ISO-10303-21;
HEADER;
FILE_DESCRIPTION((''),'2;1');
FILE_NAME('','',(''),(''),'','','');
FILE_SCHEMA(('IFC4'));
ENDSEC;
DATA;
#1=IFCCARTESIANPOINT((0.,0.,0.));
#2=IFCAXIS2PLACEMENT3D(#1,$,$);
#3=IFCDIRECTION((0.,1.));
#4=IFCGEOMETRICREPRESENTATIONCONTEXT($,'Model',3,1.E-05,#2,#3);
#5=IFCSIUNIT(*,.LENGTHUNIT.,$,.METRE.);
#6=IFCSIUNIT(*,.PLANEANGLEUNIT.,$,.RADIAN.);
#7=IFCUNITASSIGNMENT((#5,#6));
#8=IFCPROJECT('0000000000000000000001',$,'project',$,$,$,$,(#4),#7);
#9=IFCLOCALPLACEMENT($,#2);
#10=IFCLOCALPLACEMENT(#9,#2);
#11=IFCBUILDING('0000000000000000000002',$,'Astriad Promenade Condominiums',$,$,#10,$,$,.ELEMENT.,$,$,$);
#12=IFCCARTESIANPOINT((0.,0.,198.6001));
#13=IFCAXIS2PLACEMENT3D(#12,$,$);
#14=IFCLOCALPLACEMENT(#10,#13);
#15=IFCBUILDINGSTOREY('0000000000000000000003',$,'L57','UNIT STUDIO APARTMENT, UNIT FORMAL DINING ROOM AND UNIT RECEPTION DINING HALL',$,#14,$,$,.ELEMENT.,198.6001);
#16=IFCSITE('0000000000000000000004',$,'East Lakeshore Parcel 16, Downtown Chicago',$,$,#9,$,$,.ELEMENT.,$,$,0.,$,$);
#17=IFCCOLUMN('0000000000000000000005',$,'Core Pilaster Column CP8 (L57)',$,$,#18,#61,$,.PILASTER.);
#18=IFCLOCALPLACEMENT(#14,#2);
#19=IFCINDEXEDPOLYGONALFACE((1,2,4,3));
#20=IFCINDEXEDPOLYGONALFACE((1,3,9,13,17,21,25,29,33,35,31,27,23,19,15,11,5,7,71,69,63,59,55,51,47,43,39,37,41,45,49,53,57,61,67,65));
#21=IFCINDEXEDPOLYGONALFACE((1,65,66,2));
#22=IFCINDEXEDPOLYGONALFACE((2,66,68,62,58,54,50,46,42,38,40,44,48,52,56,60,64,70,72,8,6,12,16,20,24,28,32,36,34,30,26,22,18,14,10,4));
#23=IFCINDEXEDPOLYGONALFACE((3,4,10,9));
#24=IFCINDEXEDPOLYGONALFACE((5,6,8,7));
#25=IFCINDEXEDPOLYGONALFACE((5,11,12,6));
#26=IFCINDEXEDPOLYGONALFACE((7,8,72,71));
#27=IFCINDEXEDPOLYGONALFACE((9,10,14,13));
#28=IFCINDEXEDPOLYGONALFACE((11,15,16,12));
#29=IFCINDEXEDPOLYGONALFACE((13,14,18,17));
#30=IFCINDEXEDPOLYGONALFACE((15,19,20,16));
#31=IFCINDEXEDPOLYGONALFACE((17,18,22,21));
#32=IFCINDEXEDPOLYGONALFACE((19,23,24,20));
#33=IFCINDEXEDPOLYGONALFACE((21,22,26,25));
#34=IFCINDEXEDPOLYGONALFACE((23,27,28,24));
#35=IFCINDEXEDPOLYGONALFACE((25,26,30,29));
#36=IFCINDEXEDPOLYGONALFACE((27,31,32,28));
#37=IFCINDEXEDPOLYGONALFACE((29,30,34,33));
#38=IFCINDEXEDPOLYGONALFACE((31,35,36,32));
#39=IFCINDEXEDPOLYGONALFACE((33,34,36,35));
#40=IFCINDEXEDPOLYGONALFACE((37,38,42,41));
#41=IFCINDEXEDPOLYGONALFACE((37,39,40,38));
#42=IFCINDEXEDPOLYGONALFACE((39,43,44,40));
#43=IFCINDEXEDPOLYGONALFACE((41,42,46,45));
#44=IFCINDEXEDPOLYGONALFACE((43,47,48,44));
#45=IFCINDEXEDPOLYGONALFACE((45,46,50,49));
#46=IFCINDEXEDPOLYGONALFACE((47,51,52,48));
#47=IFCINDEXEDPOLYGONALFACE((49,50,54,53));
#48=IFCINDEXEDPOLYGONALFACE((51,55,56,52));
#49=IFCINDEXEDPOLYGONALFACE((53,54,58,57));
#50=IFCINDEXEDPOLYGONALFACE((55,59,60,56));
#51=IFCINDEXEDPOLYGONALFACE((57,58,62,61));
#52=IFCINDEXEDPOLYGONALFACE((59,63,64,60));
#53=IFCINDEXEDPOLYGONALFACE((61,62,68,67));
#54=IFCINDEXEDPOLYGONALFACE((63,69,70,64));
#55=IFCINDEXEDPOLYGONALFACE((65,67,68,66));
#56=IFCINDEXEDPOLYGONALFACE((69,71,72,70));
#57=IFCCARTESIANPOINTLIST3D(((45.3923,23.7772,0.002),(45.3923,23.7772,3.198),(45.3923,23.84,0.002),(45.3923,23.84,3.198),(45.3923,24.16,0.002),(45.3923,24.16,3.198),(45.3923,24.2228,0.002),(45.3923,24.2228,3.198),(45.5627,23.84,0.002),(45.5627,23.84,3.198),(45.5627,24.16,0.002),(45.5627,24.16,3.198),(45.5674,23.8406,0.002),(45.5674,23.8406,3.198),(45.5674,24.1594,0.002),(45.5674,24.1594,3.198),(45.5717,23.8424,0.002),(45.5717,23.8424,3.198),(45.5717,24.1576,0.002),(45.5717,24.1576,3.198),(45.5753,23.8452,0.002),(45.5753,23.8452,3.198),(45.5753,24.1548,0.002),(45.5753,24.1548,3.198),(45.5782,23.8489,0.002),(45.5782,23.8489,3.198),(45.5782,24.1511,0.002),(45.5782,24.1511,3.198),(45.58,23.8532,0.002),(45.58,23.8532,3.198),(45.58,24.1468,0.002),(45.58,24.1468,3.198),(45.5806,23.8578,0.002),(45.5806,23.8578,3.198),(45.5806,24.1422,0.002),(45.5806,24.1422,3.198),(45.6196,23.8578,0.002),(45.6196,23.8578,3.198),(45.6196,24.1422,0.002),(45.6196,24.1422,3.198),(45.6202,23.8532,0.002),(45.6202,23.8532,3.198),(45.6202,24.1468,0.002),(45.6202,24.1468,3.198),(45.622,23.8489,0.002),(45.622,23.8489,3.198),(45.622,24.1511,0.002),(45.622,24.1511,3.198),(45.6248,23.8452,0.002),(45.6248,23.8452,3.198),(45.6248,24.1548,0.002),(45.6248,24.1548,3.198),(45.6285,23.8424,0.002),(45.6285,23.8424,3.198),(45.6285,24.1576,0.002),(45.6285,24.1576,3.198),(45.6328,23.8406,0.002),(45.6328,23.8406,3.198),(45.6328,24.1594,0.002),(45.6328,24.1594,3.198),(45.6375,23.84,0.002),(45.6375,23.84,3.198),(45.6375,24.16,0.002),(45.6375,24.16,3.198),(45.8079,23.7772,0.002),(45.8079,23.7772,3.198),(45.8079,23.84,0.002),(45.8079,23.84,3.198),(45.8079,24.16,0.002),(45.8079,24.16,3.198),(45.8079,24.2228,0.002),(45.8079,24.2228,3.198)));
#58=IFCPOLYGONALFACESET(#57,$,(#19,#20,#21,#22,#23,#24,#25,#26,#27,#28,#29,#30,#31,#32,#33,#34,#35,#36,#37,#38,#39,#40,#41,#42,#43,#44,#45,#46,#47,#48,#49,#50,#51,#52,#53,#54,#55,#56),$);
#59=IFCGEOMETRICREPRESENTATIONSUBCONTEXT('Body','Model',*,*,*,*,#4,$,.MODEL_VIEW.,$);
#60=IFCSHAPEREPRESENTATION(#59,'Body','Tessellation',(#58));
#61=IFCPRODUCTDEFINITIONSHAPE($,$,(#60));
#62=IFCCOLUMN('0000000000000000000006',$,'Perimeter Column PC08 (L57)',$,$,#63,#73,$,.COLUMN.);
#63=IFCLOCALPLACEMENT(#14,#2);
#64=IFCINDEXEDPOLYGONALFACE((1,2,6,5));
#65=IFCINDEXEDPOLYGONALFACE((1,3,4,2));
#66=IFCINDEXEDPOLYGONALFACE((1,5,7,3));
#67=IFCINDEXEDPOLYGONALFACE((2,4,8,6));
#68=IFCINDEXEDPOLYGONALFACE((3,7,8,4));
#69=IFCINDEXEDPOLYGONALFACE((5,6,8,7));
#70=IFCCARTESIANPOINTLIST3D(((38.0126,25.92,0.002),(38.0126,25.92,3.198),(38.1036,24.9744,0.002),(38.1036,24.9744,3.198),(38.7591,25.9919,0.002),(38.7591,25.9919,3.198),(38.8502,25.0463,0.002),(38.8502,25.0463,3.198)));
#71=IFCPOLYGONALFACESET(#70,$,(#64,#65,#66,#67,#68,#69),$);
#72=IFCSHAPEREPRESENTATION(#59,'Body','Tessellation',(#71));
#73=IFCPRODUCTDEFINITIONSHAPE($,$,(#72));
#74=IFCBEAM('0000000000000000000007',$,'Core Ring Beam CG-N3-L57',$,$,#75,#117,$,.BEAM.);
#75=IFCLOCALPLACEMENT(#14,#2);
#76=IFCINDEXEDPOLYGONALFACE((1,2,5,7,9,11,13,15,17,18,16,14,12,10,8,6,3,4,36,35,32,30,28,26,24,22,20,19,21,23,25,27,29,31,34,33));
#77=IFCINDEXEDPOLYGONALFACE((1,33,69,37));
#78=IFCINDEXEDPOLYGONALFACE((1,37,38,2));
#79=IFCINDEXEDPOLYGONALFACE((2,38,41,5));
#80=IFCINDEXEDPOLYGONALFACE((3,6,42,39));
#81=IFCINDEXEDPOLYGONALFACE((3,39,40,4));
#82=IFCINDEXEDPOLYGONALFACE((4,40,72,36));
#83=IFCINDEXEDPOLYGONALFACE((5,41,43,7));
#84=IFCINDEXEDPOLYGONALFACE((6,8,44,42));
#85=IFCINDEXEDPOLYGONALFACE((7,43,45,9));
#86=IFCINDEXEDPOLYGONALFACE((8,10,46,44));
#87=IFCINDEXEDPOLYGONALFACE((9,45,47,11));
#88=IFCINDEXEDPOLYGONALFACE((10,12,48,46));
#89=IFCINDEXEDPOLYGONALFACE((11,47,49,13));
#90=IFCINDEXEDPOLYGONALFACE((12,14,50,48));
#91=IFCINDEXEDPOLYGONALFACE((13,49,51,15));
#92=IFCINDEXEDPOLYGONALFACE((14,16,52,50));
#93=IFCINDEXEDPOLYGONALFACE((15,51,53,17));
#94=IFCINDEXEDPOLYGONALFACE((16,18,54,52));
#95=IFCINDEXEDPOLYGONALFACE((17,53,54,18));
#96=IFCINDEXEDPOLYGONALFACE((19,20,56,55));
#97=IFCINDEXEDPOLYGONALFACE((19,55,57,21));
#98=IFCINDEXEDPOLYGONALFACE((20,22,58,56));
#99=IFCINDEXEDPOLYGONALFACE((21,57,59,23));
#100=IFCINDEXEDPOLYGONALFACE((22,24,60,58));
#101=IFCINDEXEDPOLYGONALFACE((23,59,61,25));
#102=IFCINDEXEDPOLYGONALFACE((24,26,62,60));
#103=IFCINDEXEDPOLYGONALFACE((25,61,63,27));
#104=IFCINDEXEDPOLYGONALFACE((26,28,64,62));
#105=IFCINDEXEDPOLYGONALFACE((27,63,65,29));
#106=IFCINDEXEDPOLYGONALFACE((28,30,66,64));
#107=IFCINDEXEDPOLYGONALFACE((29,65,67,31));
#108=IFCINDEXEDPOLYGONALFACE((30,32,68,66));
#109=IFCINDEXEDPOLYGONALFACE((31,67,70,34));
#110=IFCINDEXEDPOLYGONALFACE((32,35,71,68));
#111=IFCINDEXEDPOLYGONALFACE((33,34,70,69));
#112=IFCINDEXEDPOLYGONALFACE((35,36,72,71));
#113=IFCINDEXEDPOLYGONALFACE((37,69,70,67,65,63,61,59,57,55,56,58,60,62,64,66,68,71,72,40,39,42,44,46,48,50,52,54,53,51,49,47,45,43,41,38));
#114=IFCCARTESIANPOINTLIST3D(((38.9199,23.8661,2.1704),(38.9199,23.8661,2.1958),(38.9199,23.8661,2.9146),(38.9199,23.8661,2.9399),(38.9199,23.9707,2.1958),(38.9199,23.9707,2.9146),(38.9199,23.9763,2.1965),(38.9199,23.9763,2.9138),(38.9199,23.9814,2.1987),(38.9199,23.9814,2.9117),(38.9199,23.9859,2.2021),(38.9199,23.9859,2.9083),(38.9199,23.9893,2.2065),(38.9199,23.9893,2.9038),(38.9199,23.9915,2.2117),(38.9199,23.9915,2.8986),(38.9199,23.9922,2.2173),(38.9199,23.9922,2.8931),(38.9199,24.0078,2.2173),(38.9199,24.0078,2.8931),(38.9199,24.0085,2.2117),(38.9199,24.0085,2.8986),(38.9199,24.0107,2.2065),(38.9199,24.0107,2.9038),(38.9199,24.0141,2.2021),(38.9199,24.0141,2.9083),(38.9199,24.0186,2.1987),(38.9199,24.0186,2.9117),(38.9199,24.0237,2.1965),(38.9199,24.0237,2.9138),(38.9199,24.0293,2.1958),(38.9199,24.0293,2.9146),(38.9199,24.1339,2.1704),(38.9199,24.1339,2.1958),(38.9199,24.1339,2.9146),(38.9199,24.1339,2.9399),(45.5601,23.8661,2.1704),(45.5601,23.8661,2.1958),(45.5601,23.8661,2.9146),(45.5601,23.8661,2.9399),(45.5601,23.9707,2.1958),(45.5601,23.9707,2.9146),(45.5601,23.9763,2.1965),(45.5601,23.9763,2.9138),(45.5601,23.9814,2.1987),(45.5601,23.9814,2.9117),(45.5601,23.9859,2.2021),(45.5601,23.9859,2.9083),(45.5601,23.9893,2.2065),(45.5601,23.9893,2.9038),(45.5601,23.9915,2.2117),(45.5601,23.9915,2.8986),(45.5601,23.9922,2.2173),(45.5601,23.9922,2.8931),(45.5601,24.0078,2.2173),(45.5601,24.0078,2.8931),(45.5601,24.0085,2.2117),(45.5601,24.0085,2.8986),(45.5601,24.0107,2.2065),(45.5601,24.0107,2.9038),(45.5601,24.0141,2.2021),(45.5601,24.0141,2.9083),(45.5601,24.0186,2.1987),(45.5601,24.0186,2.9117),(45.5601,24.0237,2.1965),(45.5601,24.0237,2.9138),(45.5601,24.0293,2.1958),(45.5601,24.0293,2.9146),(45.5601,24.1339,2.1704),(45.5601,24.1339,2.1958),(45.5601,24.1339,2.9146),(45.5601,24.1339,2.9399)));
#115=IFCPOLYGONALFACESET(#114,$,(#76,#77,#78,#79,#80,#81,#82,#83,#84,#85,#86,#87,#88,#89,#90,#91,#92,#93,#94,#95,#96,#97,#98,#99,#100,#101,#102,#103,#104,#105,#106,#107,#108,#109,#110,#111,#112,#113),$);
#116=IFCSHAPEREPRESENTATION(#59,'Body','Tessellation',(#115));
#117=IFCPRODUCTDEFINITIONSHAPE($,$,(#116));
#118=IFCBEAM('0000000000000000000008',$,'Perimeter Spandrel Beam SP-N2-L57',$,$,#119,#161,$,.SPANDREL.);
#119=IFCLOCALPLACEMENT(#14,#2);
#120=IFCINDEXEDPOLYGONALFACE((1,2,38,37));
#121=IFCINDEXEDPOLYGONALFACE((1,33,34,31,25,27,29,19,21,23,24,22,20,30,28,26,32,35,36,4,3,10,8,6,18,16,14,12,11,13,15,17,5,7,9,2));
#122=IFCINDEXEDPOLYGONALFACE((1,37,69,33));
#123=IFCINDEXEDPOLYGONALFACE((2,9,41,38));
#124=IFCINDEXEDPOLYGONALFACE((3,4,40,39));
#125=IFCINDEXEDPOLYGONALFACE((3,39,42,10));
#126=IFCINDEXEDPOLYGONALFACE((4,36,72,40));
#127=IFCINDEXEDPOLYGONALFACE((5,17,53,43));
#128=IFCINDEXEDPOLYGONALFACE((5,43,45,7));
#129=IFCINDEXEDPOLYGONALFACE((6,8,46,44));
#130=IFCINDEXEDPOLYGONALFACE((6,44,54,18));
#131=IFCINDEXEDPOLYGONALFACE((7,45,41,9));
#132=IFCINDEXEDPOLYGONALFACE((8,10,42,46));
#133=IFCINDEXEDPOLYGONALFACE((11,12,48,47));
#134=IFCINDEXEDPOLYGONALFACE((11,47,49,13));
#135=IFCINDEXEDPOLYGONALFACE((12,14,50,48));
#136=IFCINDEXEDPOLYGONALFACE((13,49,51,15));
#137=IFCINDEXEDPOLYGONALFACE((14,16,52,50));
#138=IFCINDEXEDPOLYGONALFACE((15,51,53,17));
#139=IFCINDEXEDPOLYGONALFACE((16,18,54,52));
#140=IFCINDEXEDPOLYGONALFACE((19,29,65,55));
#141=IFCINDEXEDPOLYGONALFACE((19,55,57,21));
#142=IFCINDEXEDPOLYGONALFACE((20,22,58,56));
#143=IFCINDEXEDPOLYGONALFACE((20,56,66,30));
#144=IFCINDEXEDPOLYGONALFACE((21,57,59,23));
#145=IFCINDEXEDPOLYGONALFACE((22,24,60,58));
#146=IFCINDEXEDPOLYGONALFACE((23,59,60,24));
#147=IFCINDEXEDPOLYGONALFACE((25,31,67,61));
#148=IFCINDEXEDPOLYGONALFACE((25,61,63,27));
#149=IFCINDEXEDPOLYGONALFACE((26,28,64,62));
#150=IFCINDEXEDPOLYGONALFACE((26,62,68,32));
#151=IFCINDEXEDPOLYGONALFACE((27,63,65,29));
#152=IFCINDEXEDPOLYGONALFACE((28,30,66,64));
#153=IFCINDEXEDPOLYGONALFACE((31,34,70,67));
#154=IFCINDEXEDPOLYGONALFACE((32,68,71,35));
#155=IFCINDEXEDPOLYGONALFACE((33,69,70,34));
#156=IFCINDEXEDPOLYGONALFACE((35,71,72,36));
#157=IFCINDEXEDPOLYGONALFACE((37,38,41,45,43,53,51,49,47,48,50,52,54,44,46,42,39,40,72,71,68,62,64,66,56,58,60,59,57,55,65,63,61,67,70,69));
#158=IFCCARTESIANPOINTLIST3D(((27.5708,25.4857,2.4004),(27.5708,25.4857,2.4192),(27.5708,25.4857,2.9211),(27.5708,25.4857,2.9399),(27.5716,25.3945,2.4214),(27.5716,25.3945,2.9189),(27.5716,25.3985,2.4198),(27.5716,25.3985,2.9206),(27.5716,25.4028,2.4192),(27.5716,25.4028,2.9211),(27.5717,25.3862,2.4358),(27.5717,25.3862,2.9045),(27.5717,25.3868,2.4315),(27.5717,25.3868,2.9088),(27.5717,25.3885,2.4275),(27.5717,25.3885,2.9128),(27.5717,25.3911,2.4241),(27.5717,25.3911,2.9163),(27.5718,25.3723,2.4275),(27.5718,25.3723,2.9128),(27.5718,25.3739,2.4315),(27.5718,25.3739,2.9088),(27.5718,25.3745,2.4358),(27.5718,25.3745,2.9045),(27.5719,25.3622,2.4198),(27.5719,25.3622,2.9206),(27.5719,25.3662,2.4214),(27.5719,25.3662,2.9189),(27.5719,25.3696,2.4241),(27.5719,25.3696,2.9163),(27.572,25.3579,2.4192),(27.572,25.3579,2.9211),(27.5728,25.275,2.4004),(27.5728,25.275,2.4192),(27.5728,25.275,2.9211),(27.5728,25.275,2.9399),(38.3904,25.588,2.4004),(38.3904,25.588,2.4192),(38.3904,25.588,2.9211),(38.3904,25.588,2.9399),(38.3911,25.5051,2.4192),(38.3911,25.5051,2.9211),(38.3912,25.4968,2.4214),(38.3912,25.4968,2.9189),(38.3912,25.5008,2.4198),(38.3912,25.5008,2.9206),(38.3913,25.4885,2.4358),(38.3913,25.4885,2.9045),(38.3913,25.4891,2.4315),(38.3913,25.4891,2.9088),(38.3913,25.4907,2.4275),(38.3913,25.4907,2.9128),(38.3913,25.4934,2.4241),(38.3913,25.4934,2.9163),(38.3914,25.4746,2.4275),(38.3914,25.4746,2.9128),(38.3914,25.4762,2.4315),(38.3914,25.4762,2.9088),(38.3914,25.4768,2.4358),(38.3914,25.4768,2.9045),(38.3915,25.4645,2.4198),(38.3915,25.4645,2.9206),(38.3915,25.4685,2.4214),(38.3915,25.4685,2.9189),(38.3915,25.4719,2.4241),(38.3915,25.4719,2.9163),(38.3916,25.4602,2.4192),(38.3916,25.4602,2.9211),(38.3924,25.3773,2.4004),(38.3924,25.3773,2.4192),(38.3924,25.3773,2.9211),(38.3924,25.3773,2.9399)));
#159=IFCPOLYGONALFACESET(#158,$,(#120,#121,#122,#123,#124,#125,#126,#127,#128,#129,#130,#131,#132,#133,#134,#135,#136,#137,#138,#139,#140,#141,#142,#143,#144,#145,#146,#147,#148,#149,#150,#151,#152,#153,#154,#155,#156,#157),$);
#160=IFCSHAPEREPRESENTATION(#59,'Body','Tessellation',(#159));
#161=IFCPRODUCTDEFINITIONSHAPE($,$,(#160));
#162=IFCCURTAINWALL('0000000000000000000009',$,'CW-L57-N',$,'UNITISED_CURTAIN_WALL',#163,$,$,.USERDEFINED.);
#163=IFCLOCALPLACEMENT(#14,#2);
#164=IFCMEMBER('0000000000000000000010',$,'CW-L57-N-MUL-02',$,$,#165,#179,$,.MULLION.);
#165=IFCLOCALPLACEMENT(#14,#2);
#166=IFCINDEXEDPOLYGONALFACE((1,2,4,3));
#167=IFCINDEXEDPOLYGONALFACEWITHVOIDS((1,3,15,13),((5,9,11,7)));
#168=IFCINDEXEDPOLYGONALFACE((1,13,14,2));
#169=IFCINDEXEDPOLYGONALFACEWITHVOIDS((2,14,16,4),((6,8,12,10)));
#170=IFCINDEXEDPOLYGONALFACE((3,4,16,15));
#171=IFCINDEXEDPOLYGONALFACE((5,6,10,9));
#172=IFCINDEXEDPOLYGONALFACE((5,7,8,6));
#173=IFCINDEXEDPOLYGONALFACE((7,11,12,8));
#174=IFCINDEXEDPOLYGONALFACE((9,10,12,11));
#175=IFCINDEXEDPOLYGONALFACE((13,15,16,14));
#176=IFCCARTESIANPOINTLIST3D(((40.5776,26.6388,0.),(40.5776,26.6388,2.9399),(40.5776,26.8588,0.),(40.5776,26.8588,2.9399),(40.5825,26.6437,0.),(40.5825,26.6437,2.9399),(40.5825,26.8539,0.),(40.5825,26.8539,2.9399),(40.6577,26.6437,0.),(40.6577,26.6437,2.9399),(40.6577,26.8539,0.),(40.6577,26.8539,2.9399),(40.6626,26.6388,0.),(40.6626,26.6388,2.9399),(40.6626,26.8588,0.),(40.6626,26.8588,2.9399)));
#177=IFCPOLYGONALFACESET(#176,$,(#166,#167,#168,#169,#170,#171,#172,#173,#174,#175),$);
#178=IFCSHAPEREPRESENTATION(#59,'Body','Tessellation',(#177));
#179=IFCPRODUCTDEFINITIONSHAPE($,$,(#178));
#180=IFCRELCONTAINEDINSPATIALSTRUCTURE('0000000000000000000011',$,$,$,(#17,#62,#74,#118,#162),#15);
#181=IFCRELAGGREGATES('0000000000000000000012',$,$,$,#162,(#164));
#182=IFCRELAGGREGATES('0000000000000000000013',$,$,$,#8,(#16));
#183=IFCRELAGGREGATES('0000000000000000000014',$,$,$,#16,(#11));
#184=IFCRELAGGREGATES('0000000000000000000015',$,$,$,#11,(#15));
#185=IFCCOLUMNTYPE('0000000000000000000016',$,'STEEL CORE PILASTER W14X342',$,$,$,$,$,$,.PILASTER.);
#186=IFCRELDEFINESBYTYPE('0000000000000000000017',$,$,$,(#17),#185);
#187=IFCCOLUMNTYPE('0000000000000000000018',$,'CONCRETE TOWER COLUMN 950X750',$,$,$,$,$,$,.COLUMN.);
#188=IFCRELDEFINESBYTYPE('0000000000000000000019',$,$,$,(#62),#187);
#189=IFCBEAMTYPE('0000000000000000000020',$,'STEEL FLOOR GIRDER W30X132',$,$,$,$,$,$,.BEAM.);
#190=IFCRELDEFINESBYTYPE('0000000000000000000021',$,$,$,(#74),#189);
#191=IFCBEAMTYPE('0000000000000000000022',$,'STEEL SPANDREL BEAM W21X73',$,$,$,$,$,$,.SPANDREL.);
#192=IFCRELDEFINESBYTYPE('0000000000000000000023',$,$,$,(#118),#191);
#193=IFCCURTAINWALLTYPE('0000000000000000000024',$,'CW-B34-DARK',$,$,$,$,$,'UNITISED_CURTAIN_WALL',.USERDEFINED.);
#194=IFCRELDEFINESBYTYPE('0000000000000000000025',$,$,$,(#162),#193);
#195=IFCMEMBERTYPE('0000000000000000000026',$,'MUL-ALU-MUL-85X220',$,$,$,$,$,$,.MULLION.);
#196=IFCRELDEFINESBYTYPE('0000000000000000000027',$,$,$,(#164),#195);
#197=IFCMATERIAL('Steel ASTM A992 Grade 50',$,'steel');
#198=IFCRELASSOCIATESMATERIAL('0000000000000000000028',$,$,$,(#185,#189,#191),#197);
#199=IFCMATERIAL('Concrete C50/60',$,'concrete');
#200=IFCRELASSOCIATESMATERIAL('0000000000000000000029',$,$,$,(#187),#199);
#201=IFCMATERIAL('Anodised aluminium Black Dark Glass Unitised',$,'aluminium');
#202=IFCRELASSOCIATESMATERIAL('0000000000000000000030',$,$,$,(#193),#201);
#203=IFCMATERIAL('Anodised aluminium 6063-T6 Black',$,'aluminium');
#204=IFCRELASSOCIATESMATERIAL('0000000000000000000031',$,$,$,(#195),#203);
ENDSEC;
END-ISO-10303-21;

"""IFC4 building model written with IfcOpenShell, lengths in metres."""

from ifc_helpers import new_model, si_unit, direction, frame, origin, origin_2d, place, context, subcontext, project, spatial, rectangle, hollow_rectangle, i_section, extrude, source, transform, mapped, material, material_profile, profile_set, type_object, type_shapes, element, aggregate, save


model = new_model("IFC4")

# Units and contexts
model_context = context("Model", 3, precision=1e-05, world=origin(), true_north=direction((0.0, 1.0)))
body_context = subcontext(model_context, "Body", "Model", "MODEL_VIEW")
ifc_project = project(units=[si_unit("LENGTHUNIT", "METRE"), si_unit("PLANEANGLEUNIT", "RADIAN")], contexts=[model_context])

# Site, building, storey
site_placement = place(None, origin())
site = spatial("IfcSite", under=ifc_project, at=site_placement, Name="East Lakeshore Parcel 16, Downtown Chicago", CompositionType="ELEMENT", RefElevation=0.0)
building_placement = place(site_placement, origin())
building = spatial("IfcBuilding", under=site, at=building_placement, Name="Astriad Promenade Condominiums", CompositionType="ELEMENT")
storey_placement = place(building_placement, frame((0.0, 0.0, 198.6001)))
storey = spatial("IfcBuildingStorey", under=building, at=storey_placement, Name="L57", Description="UNIT STUDIO APARTMENT, UNIT FORMAL DINING ROOM AND UNIT RECEPTION DINING HALL", CompositionType="ELEMENT", Elevation=198.6001)

# Columns
ifc_material_1 = material(Name="Steel ASTM A992 Grade 50", Category="steel")
ifc_material_profile_1 = material_profile(ifc_material_1, i_section(OverallWidth=0.4155, OverallDepth=0.4456, WebThickness=0.0391, FlangeThickness=0.0627, FilletRadius=0.0178, at=origin_2d()), Name="W14X342")
ifc_profile_set_1 = profile_set([ifc_material_profile_1], Name="Steel ASTM A992 Grade 50")
column_type_1 = type_object("IfcColumnType", Name="STEEL CORE PILASTER W14X342", PredefinedType="PILASTER", material=ifc_profile_set_1)
shared_shape_1 = source(origin(), body_context, "Body", "SweptSolid", [
    extrude(i_section(OverallWidth=0.4155, OverallDepth=0.4456, WebThickness=0.0391, FlangeThickness=0.0627, FilletRadius=0.0178, at=origin_2d()), origin(), (0.0, 0.0, 1.0), 3.196),
])
type_shapes(column_type_1, [shared_shape_1])
column_1_placement = place(storey_placement, frame((45.6001, 24.0, 0.002), z_axis=(0.0, 0.0, 1.0), x_axis=(1.0, 0.0, 0.0)))
element("IfcColumn", 1, at=column_1_placement, inside=storey, type_object=column_type_1, Name="Core Pilaster Column CP8 (L57)", PredefinedType="PILASTER", context=body_context, shape_type="MappedRepresentation", body=[
    mapped(shared_shape_1, transform((0.0, 0.0, 0.0), scale=1.0)),
])
ifc_material_2 = material(Name="Concrete C50/60", Category="concrete")
ifc_material_profile_2 = material_profile(ifc_material_2, rectangle(XDim=0.75, YDim=0.95, at=origin_2d()), Name="RC-COL-950X750")
ifc_profile_set_2 = profile_set([ifc_material_profile_2], Name="Concrete C50/60")
column_type_2 = type_object("IfcColumnType", Name="CONCRETE TOWER COLUMN 950X750", PredefinedType="COLUMN", material=ifc_profile_set_2)
shared_shape_2 = source(origin(), body_context, "Body", "SweptSolid", [
    extrude(rectangle(XDim=0.75, YDim=0.95, at=origin_2d()), origin(), (0.0, 0.0, 1.0), 3.196),
])
type_shapes(column_type_2, [shared_shape_2])
column_2_placement = place(storey_placement, frame((38.4314, 25.4832, 0.002), z_axis=(0.0, 0.0, 1.0), x_axis=(0.995396, 0.095846, 0.0)))
element("IfcColumn", 2, at=column_2_placement, inside=storey, type_object=column_type_2, Name="Perimeter Column PC08 (L57)", PredefinedType="COLUMN", context=body_context, shape_type="MappedRepresentation", body=[
    mapped(shared_shape_2, transform((0.0, 0.0, 0.0), scale=1.0)),
])

# Beams
ifc_material_profile_3 = material_profile(ifc_material_1, i_section(OverallWidth=0.2678, OverallDepth=0.7695, WebThickness=0.0156, FlangeThickness=0.0254, FilletRadius=0.0215, at=origin_2d()), Name="W30X132")
ifc_profile_set_3 = profile_set([ifc_material_profile_3], Name="Steel ASTM A992 Grade 50")
beam_type_1 = type_object("IfcBeamType", Name="STEEL FLOOR GIRDER W30X132", PredefinedType="BEAM", material=ifc_profile_set_3)
shared_shape_3 = source(origin(), body_context, "Body", "SweptSolid", [
    extrude(i_section(OverallWidth=0.2678, OverallDepth=0.7695, WebThickness=0.0156, FlangeThickness=0.0254, FilletRadius=0.0215, at=origin_2d()), origin(), (0.0, 0.0, 1.0), 6.6401),
])
type_shapes(beam_type_1, [shared_shape_3])
beam_1_placement = place(storey_placement, frame((38.9199, 24.0, 2.5552), z_axis=(1.0, 0.0, 0.0), x_axis=(0.0, 1.0, 0.0)))
element("IfcBeam", 3, at=beam_1_placement, inside=storey, type_object=beam_type_1, Name="Core Ring Beam CG-N3-L57", PredefinedType="BEAM", context=body_context, shape_type="MappedRepresentation", body=[
    mapped(shared_shape_3, transform((0.0, 0.0, 0.0), scale=1.0)),
])
ifc_material_profile_4 = material_profile(ifc_material_1, i_section(OverallWidth=0.2107, OverallDepth=0.5396, WebThickness=0.0117, FlangeThickness=0.0188, FilletRadius=0.0166, at=origin_2d()), Name="W21X73")
ifc_profile_set_4 = profile_set([ifc_material_profile_4], Name="Steel ASTM A992 Grade 50")
beam_type_2 = type_object("IfcBeamType", Name="STEEL SPANDREL BEAM W21X73", PredefinedType="SPANDREL", material=ifc_profile_set_4)
shared_shape_4 = source(origin(), body_context, "Body", "SweptSolid", [
    extrude(i_section(OverallWidth=0.2107, OverallDepth=0.5396, WebThickness=0.0117, FlangeThickness=0.0188, FilletRadius=0.0166, at=origin_2d()), origin(), (0.0, 0.0, 1.0), 10.8201),
])
type_shapes(beam_type_2, [shared_shape_4])
beam_2_placement = place(storey_placement, frame((38.3914, 25.4827, 2.6702), z_axis=(-0.999955, -0.009454, 0.0), x_axis=(0.009454, -0.999955, 0.0)))
element("IfcBeam", 4, at=beam_2_placement, inside=storey, type_object=beam_type_2, Name="Perimeter Spandrel Beam SP-N2-L57", PredefinedType="SPANDREL", context=body_context, shape_type="MappedRepresentation", body=[
    mapped(shared_shape_4, transform((0.0, 0.0, 0.0), scale=1.0)),
])

# Curtain wall, member
ifc_material_3 = material(Name="Anodised aluminium Black Dark Glass Unitised", Category="aluminium")
curtain_wall_type = type_object("IfcCurtainWallType", Name="CW-B34-DARK", ElementType="UNITISED_CURTAIN_WALL", PredefinedType="USERDEFINED", material=ifc_material_3)
curtain_wall_placement = place(storey_placement, origin())
curtain_wall = element("IfcCurtainWall", 5, at=curtain_wall_placement, inside=storey, type_object=curtain_wall_type, Name="CW-L57-N", ObjectType="UNITISED_CURTAIN_WALL", PredefinedType="USERDEFINED")
ifc_material_4 = material(Name="Anodised aluminium 6063-T6 Black", Category="aluminium")
ifc_material_profile_5 = material_profile(ifc_material_4, hollow_rectangle(XDim=0.085, YDim=0.22, WallThickness=0.0049, at=origin_2d()), Name="ALU-MUL-85X220")
ifc_profile_set_5 = profile_set([ifc_material_profile_5], Name="Anodised aluminium 6063-T6 Black")
member_type_1 = type_object("IfcMemberType", Name="MUL-ALU-MUL-85X220", PredefinedType="MULLION", material=ifc_profile_set_5)
shared_shape_5 = source(origin(), body_context, "Body", "SweptSolid", [
    extrude(hollow_rectangle(XDim=0.085, YDim=0.22, WallThickness=0.0049, at=origin_2d()), origin(), (0.0, 0.0, 1.0), 2.9399),
])
type_shapes(member_type_1, [shared_shape_5])
member_1_placement = place(storey_placement, frame((40.6201, 26.7488, 0.0), z_axis=(0.0, 0.0, 1.0), x_axis=(1.0, 0.0, 0.0)))
member_1 = element("IfcMember", 6, at=member_1_placement, type_object=member_type_1, Name="CW-L57-N-MUL-02", PredefinedType="MULLION", context=body_context, shape_type="MappedRepresentation", body=[
    mapped(shared_shape_5, transform((0.0, 0.0, 0.0), scale=1.0)),
])
aggregate(curtain_wall, [member_1])

save(model, "model.ifc")
